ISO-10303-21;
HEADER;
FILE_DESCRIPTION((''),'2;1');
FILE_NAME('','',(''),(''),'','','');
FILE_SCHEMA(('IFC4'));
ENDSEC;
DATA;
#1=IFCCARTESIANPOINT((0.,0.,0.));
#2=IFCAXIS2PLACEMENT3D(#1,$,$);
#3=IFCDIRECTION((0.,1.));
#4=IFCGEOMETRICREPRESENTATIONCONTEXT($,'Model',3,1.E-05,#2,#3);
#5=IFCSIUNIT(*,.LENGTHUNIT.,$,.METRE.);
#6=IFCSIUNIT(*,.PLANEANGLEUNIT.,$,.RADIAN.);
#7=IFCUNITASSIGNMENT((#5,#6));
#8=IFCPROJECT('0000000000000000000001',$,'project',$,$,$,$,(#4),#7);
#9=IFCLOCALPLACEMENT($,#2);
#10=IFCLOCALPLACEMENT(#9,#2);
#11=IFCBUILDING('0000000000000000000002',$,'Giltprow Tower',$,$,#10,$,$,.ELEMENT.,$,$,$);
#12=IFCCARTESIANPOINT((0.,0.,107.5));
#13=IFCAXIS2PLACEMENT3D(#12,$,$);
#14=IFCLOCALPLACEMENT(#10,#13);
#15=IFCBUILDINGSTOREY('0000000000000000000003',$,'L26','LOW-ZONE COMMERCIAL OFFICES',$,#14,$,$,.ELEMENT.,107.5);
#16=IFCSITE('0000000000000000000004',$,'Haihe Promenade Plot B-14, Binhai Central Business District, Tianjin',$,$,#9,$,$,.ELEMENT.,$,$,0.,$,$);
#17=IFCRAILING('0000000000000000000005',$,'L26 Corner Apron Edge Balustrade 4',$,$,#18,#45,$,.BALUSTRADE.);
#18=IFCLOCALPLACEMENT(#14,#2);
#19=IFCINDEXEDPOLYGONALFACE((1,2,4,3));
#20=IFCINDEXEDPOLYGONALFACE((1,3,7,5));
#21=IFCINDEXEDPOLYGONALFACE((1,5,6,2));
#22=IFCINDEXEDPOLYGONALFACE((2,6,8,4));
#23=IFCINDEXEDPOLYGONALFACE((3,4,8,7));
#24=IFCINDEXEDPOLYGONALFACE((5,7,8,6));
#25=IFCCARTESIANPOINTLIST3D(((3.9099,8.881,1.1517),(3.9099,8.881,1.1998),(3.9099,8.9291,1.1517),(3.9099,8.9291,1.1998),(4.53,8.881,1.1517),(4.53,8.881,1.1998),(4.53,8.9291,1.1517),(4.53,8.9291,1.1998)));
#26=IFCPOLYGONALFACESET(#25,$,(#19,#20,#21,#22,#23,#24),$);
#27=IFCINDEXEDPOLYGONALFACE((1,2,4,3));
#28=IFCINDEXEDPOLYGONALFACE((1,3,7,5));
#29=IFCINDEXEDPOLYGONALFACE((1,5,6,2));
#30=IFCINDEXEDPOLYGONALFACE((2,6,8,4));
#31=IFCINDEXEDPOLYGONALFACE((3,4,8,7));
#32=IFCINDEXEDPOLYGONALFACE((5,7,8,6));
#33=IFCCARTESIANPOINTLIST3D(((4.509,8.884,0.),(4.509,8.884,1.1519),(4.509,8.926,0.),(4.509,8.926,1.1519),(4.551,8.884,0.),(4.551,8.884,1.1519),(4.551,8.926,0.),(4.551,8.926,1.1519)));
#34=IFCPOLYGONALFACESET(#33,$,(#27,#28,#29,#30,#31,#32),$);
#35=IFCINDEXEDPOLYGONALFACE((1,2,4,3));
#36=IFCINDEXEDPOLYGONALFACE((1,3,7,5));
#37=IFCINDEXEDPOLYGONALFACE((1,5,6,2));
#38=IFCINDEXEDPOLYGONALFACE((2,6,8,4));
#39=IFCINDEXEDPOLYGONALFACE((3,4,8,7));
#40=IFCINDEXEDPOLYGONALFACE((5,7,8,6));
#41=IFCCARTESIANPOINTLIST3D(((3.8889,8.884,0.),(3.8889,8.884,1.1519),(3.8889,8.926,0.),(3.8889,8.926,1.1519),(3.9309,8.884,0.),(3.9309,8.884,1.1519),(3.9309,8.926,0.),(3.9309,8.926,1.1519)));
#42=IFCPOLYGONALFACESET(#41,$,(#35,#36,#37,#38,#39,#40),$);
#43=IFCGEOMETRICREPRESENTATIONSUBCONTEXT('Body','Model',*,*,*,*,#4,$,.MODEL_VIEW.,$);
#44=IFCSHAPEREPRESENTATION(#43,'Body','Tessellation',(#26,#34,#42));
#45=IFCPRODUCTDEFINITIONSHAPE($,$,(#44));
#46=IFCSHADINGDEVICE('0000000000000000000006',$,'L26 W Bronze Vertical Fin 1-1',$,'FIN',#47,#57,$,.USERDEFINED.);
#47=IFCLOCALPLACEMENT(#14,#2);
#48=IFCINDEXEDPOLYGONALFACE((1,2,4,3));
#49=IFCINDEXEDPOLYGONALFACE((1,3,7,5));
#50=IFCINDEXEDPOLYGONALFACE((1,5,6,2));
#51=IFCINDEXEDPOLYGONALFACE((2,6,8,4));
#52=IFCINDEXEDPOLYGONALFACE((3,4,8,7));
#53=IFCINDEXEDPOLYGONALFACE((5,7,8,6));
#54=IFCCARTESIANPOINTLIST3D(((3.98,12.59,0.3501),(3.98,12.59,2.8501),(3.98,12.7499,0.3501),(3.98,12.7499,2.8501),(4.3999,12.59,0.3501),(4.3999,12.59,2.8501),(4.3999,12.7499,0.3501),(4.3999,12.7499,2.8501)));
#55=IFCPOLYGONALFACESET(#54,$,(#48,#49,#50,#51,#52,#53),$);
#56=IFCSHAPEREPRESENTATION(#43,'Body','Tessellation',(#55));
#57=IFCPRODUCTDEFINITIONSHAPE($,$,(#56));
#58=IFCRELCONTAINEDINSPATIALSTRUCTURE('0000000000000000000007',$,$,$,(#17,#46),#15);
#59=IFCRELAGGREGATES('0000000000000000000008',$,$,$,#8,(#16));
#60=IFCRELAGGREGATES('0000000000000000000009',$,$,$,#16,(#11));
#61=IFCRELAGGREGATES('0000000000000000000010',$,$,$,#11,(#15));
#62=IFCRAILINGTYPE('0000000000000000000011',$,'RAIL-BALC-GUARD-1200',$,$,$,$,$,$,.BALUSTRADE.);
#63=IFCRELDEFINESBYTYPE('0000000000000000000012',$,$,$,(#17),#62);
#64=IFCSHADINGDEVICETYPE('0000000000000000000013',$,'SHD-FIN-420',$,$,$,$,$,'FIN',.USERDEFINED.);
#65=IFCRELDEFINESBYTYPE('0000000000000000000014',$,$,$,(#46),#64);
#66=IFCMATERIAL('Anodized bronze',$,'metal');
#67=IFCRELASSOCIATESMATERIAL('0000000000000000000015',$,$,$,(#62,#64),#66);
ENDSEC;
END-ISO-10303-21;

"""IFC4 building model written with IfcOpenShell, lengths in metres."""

from ifc_helpers import new_model, si_unit, direction, frame, origin, origin_2d, place, context, subcontext, project, spatial, rectangle, extrude, source, transform, mapped, material, type_object, element, save


model = new_model("IFC4")

# Units and contexts
model_context = context("Model", 3, precision=1e-05, world=origin(), true_north=direction((0.0, 1.0)))
body_context = subcontext(model_context, "Body", "Model", "MODEL_VIEW")
ifc_project = project(units=[si_unit("LENGTHUNIT", "METRE"), si_unit("PLANEANGLEUNIT", "RADIAN")], contexts=[model_context])

# Site, building, storey
site_placement = place(None, origin())
site = spatial("IfcSite", under=ifc_project, at=site_placement, Name="Haihe Promenade Plot B-14, Binhai Central Business District, Tianjin", CompositionType="ELEMENT", RefElevation=0.0)
building_placement = place(site_placement, origin())
building = spatial("IfcBuilding", under=site, at=building_placement, Name="Giltprow Tower", CompositionType="ELEMENT")
storey_placement = place(building_placement, frame((0.0, 0.0, 107.5)))
storey = spatial("IfcBuildingStorey", under=building, at=storey_placement, Name="L26", Description="LOW-ZONE COMMERCIAL OFFICES", CompositionType="ELEMENT", Elevation=107.5)

# Shared definitions
ifc_material_1 = material(Name="Anodized bronze", Category="metal")

# Railing
railing_type = type_object("IfcRailingType", Name="RAIL-BALC-GUARD-1200", PredefinedType="BALUSTRADE", material=ifc_material_1)
railing_1_placement = place(storey_placement, frame((4.53, 8.905, 0.0)))
element("IfcRailing", 1, at=railing_1_placement, inside=storey, type_object=railing_type, Name="L26 Corner Apron Edge Balustrade 4", PredefinedType="BALUSTRADE", context=body_context, shape_type="SweptSolid", body=[
    extrude(rectangle(XDim=0.0481, YDim=0.0481, at=origin_2d()), frame((0.0, 0.0, 1.1758), z_axis=(-1.0, 0.0, 0.0), x_axis=(0.0, -1.0, 0.0)), (0.0, 0.0, 1.0), 0.6201),
    extrude(rectangle(XDim=0.042, YDim=0.042, at=origin_2d()), origin(), (0.0, 0.0, 1.0), 1.1519),
    extrude(rectangle(XDim=0.042, YDim=0.042, at=origin_2d()), frame((-0.6201, 0.0, 0.0)), (0.0, 0.0, 1.0), 1.1519),
])

# Shading device
shading_device_type = type_object("IfcShadingDeviceType", Name="SHD-FIN-420", ElementType="FIN", PredefinedType="USERDEFINED", material=ifc_material_1)
shared_shape_1 = source(origin(), body_context, "Body", "SweptSolid", [
    extrude(rectangle(XDim=0.4199, YDim=0.1599, at=origin_2d()), origin(), (0.0, 0.0, 1.0), 2.5),
])
shading_device_placement = place(storey_placement, frame((4.1899, 12.6699, 0.3501), z_axis=(0.0, 0.0, 1.0), x_axis=(1.0, 0.0, 0.0)))
element("IfcShadingDevice", 2, at=shading_device_placement, inside=storey, type_object=shading_device_type, Name="L26 W Bronze Vertical Fin 1-1", ObjectType="FIN", PredefinedType="USERDEFINED", context=body_context, shape_type="MappedRepresentation", body=[
    mapped(shared_shape_1, transform((0.0, 0.0, 0.0), x_axis=(1.0, 0.0, 0.0), y_axis=(0.0, 1.0, 0.0), z_axis=(0.0, 0.0, 1.0), scale=1.0)),
])

save(model, "model.ifc")
